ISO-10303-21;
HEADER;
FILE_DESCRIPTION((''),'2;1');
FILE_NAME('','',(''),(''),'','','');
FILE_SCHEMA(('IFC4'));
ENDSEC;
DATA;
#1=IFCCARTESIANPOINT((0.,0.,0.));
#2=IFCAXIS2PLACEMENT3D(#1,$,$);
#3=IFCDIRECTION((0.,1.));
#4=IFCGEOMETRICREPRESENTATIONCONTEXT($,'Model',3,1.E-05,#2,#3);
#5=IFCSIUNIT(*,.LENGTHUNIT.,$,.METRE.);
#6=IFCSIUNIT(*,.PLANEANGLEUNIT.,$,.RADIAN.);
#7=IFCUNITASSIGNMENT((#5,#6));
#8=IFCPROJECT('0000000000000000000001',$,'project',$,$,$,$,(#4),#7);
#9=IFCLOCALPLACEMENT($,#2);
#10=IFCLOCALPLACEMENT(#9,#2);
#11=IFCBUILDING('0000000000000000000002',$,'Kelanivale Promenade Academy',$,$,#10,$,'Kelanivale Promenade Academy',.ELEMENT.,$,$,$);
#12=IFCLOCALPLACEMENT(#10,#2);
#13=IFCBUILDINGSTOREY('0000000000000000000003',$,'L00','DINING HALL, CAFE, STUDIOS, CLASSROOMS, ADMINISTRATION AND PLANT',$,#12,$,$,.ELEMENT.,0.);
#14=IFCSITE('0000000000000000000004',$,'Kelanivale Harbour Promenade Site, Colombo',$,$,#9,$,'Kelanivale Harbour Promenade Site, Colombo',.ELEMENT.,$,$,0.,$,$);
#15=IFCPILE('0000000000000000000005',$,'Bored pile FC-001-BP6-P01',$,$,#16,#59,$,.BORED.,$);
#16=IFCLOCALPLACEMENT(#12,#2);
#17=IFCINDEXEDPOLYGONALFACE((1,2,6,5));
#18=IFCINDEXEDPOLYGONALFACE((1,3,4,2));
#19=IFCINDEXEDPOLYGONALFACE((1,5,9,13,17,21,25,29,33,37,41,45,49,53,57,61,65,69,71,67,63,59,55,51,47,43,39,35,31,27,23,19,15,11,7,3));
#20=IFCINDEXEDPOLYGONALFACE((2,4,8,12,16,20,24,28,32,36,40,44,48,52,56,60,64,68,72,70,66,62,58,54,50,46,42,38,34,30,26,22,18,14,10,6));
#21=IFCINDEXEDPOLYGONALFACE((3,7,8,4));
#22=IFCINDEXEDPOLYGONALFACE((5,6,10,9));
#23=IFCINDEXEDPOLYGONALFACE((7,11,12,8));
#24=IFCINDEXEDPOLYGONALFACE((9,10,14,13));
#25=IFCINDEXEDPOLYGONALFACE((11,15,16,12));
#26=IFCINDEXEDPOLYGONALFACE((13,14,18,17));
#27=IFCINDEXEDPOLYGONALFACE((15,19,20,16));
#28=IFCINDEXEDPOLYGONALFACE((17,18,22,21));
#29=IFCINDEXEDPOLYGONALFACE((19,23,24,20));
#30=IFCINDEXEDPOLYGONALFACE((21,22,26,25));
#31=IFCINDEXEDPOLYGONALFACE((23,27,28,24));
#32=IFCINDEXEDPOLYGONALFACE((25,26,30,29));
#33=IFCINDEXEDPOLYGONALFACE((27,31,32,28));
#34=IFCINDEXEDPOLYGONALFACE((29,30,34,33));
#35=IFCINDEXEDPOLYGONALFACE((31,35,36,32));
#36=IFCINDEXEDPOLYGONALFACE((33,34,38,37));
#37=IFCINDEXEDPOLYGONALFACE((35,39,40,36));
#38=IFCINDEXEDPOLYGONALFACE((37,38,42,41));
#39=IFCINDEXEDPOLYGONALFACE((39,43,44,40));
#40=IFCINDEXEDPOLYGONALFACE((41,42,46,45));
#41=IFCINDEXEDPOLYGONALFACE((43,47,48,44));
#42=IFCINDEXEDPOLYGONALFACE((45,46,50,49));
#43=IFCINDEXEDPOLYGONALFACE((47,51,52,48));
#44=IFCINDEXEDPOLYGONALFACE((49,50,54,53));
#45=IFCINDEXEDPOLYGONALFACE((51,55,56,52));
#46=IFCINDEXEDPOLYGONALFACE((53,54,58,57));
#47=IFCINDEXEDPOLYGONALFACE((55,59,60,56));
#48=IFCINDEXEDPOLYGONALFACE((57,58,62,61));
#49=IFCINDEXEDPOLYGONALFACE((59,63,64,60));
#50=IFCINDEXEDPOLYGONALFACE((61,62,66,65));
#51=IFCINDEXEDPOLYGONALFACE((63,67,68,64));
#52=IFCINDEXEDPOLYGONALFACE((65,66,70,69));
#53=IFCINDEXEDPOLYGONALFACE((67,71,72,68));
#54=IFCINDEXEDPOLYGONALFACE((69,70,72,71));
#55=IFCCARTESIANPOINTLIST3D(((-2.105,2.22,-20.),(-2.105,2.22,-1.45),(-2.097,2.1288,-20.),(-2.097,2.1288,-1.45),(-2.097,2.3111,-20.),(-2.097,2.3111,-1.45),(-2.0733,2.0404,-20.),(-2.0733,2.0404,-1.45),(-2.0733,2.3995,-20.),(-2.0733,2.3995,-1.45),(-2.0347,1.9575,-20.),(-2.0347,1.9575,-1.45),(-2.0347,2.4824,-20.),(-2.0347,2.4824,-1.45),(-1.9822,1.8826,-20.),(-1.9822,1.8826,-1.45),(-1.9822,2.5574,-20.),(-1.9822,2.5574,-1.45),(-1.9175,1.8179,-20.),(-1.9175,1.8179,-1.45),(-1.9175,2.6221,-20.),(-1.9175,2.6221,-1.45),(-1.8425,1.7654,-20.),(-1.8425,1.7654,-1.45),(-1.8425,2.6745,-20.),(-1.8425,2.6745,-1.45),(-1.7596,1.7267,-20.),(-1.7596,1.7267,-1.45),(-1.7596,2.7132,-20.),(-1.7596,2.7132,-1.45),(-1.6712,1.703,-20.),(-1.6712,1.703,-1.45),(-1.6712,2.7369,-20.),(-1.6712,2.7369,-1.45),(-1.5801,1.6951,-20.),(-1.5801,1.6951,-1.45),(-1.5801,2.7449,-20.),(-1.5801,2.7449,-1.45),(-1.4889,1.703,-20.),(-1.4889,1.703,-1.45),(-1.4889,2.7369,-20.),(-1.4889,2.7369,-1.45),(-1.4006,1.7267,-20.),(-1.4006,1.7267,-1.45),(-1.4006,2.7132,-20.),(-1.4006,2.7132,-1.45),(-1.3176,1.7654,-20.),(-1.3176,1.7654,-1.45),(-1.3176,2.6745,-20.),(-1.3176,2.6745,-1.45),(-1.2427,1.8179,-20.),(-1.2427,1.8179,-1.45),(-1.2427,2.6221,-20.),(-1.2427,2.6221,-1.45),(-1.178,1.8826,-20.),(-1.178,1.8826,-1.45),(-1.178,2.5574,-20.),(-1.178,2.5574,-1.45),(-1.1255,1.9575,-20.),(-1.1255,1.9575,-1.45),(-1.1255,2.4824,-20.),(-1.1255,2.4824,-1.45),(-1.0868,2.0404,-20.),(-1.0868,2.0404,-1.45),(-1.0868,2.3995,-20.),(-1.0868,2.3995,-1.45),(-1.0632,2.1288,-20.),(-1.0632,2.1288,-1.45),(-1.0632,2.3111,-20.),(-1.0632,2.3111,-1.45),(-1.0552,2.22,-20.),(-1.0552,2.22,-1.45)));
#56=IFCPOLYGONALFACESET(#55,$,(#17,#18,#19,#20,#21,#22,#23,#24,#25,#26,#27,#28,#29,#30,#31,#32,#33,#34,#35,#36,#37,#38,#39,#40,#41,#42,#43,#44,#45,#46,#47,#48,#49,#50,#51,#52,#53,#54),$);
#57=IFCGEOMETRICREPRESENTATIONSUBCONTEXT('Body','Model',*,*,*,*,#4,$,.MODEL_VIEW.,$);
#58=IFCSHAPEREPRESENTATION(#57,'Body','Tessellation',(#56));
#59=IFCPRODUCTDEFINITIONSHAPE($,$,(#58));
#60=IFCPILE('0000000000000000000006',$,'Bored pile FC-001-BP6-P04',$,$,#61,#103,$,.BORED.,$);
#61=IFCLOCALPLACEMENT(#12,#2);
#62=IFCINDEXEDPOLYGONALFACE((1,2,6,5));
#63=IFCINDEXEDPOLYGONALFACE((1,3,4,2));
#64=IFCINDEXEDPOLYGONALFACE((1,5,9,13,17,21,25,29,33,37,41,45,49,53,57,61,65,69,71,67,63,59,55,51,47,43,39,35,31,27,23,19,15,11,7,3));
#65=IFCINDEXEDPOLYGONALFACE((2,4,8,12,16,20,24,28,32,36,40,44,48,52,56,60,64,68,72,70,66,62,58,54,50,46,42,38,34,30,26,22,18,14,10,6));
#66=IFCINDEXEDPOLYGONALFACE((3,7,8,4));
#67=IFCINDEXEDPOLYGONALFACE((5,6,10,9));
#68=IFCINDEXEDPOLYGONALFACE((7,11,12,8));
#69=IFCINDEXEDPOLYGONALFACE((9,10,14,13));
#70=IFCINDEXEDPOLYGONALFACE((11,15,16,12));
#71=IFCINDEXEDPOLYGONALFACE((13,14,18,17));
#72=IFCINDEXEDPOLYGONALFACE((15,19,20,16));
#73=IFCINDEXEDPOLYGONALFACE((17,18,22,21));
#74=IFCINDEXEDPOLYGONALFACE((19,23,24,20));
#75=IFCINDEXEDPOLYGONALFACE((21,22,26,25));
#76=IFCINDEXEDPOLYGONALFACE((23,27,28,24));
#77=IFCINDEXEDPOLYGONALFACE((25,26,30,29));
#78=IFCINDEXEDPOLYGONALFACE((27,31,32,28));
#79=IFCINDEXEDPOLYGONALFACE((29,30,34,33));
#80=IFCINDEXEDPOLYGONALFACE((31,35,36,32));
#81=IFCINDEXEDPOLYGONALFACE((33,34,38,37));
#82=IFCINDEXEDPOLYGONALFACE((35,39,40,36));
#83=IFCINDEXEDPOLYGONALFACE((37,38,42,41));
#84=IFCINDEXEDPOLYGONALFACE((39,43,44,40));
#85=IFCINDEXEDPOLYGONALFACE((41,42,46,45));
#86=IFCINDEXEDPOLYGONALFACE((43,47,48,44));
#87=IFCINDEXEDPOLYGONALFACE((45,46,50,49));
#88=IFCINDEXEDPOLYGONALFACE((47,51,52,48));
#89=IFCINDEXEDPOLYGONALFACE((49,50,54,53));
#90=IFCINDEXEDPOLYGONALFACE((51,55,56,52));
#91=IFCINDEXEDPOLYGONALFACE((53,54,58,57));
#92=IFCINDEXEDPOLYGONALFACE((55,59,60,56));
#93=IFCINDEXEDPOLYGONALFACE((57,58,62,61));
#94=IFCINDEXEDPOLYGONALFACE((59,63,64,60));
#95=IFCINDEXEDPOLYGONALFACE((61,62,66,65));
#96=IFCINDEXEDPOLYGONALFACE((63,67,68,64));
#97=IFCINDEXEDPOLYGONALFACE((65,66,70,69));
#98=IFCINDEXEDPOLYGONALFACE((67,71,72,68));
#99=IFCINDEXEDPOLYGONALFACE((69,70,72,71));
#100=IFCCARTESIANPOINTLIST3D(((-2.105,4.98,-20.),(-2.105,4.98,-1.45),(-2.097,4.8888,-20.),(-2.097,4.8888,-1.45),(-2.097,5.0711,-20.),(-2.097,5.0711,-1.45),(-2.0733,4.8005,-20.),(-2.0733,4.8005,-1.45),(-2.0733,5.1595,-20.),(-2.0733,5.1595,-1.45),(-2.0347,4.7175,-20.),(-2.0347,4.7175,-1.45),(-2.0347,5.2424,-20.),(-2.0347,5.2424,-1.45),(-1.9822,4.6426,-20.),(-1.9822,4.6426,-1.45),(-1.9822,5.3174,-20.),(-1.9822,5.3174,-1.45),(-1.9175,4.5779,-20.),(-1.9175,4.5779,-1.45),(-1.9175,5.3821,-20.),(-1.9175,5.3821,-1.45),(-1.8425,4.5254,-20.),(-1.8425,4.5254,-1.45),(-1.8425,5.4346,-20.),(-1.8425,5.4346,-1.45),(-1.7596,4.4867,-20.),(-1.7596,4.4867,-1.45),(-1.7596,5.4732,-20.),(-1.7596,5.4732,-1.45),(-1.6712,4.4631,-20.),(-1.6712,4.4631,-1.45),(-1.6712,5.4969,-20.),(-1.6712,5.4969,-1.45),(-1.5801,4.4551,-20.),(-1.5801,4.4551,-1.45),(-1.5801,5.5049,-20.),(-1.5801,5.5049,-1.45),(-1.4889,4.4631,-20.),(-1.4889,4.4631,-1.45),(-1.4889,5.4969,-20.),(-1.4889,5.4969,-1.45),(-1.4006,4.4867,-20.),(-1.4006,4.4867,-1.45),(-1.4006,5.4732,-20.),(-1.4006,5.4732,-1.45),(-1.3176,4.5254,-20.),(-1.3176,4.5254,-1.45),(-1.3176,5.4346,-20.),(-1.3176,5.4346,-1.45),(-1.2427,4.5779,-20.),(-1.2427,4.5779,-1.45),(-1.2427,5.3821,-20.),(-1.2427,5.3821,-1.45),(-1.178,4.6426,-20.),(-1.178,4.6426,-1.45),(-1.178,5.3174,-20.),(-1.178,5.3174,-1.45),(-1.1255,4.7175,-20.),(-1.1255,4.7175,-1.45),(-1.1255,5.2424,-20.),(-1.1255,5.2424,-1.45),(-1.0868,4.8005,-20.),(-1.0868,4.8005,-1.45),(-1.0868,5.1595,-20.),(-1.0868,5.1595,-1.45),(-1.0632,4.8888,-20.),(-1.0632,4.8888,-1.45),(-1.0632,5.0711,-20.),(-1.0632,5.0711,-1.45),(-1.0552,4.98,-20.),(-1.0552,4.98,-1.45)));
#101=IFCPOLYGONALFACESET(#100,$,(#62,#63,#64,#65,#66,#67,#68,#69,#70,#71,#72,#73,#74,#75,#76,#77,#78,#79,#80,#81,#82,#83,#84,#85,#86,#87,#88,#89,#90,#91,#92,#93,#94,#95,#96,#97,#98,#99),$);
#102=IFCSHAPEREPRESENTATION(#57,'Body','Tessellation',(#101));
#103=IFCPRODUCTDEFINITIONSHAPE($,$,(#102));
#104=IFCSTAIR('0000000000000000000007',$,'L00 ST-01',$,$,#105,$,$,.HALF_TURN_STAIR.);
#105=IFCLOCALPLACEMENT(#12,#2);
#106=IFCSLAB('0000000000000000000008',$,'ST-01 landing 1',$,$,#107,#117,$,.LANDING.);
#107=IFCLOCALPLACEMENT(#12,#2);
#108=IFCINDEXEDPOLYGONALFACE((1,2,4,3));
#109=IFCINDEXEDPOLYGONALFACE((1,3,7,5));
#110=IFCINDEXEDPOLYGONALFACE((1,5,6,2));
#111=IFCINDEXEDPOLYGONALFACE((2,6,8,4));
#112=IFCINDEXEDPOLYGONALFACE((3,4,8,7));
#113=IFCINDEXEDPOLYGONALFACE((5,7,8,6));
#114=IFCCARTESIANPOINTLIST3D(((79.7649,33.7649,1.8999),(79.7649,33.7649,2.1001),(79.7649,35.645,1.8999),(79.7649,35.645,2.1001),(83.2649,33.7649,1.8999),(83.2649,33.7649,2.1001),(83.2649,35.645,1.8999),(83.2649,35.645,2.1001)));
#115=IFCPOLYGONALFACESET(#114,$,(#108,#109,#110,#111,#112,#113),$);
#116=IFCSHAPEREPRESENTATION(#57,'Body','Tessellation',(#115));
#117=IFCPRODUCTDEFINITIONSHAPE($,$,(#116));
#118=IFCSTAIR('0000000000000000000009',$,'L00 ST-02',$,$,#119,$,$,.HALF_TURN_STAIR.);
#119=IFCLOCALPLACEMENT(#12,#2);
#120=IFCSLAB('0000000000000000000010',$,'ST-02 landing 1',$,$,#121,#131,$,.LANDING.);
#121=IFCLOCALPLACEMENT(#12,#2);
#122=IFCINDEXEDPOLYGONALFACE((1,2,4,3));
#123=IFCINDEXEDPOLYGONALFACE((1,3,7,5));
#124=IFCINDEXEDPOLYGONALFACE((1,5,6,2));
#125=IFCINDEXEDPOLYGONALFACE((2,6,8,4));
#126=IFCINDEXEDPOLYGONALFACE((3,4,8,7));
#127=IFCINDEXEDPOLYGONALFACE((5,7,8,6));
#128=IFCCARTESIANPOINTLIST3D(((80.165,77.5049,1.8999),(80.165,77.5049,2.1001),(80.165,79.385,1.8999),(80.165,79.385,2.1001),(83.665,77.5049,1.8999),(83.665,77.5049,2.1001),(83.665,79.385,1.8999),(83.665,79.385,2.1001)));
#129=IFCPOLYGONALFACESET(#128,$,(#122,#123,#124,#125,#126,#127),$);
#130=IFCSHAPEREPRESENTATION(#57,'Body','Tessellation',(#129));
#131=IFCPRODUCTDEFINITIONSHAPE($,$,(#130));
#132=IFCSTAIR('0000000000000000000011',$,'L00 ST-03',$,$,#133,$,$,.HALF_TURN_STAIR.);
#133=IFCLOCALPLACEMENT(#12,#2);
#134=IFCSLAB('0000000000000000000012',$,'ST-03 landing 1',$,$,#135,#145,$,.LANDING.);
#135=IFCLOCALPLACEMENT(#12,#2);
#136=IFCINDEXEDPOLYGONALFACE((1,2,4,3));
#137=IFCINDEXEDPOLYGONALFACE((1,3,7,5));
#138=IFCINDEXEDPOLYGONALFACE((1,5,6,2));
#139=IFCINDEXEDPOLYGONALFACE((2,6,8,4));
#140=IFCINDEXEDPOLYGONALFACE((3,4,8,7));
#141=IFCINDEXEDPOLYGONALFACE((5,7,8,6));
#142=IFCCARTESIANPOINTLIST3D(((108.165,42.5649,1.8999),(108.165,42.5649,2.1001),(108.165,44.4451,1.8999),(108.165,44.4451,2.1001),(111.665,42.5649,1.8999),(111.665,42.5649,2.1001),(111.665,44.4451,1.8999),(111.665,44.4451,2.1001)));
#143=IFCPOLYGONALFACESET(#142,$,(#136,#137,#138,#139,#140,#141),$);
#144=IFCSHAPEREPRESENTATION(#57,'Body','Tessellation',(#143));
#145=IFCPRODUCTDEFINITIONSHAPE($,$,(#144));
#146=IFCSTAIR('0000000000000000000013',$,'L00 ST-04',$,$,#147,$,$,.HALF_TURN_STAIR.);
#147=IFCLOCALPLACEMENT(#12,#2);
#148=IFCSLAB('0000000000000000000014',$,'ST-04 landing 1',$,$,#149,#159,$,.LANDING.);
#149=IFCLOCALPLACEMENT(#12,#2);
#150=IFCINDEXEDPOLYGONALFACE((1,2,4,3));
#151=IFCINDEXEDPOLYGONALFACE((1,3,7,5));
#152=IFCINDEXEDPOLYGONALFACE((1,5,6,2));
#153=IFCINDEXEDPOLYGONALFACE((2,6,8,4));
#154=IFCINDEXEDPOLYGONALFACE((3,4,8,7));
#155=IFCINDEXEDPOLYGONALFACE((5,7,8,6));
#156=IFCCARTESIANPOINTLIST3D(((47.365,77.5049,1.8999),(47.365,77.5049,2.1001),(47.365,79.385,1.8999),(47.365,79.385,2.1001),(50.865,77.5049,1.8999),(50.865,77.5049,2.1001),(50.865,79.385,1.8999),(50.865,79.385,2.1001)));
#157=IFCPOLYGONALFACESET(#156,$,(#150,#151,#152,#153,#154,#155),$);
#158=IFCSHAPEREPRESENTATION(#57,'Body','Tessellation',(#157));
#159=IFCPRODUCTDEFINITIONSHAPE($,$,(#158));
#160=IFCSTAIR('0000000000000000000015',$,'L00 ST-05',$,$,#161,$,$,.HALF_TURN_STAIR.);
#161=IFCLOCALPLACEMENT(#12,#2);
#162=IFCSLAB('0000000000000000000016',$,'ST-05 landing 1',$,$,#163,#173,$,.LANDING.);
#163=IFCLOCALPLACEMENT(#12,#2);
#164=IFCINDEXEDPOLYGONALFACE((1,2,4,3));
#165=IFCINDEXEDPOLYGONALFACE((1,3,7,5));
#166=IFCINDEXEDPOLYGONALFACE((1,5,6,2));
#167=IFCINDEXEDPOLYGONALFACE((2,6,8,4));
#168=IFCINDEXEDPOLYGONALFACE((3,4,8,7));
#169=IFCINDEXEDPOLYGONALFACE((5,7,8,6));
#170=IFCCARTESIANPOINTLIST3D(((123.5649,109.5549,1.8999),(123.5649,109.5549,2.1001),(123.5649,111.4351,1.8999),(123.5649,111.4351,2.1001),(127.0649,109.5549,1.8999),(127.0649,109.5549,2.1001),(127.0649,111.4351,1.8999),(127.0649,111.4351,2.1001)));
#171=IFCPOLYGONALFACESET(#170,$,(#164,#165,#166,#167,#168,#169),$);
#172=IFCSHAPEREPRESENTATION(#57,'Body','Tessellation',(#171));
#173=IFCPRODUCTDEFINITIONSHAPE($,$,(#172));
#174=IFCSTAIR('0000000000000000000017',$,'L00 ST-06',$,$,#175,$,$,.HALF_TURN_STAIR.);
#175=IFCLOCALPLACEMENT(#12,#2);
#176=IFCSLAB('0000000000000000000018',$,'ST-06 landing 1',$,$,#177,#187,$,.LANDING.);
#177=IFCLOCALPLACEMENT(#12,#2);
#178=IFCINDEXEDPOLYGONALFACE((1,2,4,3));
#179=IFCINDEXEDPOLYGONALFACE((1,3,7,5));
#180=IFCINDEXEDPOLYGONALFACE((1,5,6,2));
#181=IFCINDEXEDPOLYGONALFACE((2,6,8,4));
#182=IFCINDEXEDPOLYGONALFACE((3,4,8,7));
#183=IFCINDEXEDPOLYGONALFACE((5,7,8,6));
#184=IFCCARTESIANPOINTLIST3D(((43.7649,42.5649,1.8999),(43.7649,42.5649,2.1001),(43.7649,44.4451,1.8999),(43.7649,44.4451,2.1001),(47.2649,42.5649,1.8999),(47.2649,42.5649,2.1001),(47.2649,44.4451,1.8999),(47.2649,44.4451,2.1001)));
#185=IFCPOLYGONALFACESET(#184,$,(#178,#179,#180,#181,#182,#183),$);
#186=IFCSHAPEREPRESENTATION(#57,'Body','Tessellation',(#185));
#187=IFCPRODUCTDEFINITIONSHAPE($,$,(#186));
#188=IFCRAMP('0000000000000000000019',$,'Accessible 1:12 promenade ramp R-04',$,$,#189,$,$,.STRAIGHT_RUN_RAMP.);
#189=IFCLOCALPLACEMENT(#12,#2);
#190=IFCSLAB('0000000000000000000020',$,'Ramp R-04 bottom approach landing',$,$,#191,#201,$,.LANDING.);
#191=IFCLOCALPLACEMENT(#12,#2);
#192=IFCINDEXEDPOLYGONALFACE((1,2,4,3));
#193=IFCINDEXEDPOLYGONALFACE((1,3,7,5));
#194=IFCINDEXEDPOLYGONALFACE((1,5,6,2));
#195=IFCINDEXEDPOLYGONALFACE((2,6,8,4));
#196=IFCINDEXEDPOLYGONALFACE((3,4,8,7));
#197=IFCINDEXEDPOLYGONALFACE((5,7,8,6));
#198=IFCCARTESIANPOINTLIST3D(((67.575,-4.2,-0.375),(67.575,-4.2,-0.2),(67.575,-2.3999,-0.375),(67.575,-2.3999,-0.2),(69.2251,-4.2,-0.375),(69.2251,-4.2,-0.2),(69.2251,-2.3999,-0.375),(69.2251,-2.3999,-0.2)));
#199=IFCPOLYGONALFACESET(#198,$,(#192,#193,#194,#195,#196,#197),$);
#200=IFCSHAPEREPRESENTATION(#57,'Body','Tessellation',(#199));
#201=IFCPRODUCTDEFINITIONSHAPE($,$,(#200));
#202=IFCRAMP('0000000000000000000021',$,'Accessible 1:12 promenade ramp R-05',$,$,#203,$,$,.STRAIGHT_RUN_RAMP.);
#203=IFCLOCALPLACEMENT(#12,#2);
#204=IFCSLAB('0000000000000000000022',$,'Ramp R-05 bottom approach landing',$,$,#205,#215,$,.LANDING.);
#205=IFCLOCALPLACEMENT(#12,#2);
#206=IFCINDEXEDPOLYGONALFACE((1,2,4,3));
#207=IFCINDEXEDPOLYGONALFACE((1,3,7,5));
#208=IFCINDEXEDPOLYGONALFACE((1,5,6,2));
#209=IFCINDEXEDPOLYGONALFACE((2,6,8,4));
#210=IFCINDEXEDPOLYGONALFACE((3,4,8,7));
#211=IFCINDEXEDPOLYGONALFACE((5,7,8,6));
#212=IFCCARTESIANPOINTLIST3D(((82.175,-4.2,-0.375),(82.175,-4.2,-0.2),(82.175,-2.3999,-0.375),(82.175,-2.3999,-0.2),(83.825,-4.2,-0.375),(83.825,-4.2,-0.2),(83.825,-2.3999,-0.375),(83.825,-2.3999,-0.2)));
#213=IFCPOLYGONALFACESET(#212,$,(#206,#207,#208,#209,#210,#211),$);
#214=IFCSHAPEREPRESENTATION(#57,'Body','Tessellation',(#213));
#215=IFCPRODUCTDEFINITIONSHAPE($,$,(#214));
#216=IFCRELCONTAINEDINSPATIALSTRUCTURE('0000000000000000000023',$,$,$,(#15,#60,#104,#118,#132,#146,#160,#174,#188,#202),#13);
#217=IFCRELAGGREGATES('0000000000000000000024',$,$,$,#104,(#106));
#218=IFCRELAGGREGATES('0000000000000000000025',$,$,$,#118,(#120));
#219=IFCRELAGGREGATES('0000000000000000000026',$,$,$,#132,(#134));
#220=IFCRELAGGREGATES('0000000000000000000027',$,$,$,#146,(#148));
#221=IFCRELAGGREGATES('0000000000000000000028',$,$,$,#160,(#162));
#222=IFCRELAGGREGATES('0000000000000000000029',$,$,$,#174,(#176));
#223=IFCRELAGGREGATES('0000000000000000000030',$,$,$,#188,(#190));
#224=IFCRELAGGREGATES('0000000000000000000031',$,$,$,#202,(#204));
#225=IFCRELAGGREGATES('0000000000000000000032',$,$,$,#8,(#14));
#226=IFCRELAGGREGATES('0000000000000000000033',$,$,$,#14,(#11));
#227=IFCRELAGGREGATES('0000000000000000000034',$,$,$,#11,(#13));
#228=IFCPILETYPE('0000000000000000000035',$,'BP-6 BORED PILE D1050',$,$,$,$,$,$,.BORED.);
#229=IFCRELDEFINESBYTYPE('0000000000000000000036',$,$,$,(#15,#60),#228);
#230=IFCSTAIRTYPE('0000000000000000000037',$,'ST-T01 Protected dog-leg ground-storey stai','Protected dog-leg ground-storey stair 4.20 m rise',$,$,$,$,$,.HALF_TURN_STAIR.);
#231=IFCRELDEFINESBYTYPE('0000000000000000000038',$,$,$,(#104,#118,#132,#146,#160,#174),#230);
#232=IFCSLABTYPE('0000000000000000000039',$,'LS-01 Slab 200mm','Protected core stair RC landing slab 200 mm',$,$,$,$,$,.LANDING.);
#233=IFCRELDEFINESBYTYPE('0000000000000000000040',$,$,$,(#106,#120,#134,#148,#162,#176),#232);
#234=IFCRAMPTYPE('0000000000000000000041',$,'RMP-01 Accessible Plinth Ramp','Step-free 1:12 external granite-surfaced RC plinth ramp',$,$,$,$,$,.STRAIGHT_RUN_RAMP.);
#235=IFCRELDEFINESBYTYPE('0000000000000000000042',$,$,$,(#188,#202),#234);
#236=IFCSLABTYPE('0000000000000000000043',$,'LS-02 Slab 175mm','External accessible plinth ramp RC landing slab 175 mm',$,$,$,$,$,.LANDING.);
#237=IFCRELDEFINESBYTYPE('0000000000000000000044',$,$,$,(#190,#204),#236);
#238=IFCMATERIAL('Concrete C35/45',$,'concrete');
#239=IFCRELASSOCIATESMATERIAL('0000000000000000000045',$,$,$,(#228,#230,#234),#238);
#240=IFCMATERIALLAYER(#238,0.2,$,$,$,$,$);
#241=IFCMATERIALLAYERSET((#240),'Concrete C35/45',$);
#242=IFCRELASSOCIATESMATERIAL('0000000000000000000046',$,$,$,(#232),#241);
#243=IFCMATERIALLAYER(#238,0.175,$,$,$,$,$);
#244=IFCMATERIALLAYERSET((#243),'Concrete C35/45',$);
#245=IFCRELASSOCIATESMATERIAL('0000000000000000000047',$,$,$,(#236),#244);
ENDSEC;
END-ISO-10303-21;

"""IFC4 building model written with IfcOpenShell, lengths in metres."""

from ifc_helpers import new_model, si_unit, direction, frame, origin, origin_2d, place, context, subcontext, project, spatial, polyline, circle, outline, extrude, material, layer, layer_set, material_profile, profile_set, type_object, element, aggregate, save


model = new_model("IFC4")

# Units and contexts
model_context = context("Model", 3, precision=1e-05, world=origin(), true_north=direction((0.0, 1.0)))
body_context = subcontext(model_context, "Body", "Model", "MODEL_VIEW")
ifc_project = project(units=[si_unit("LENGTHUNIT", "METRE"), si_unit("PLANEANGLEUNIT", "RADIAN")], contexts=[model_context])

# Site, building, storey
site_placement = place(None, origin())
site = spatial("IfcSite", under=ifc_project, at=site_placement, Name="Kelanivale Harbour Promenade Site, Colombo", LongName="Kelanivale Harbour Promenade Site, Colombo", CompositionType="ELEMENT", RefElevation=0.0)
building_placement = place(site_placement, origin())
building = spatial("IfcBuilding", under=site, at=building_placement, Name="Kelanivale Promenade Academy", LongName="Kelanivale Promenade Academy", CompositionType="ELEMENT")
storey_placement = place(building_placement, origin())
storey = spatial("IfcBuildingStorey", under=building, at=storey_placement, Name="L00", Description="DINING HALL, CAFE, STUDIOS, CLASSROOMS, ADMINISTRATION AND PLANT", CompositionType="ELEMENT", Elevation=0.0)

# Piles
ifc_material_1 = material(Name="Concrete C35/45", Category="concrete")
ifc_material_profile = material_profile(ifc_material_1, circle(Radius=0.5249, at=origin_2d()), Name="BORED PILE D1050")
ifc_profile_set = profile_set([ifc_material_profile], Name="Concrete C35/45")
pile_type = type_object("IfcPileType", Name="BP-6 BORED PILE D1050", PredefinedType="BORED", material=ifc_profile_set)
for number, where, z_axis, x_axis, name in (
    (1, (-1.5801, 2.22, -1.45), (0.0, 0.0, -1.0), (1.0, 0.0, 0.0), "Bored pile FC-001-BP6-P01"),
    (2, (-1.5801, 4.98, -1.45), (0.0, 0.0, -1.0), (1.0, 0.0, 0.0), "Bored pile FC-001-BP6-P04"),
):
    element("IfcPile", number, at=place(storey_placement, frame(where, z_axis=z_axis, x_axis=x_axis)), inside=storey, type_object=pile_type, Name=name, PredefinedType="BORED", context=body_context, shape_type="SweptSolid", body=[
        extrude(circle(Radius=0.5249, at=origin_2d()), origin(), (0.0, 0.0, 1.0), 18.55),
    ])

# Stairs, slabs
stair_type = type_object("IfcStairType", Name="ST-T01 Protected dog-leg ground-storey stai", Description="Protected dog-leg ground-storey stair 4.20 m rise", PredefinedType="HALF_TURN_STAIR", material=ifc_material_1)
stair_1_placement = place(storey_placement, origin())
stair_1 = element("IfcStair", 3, at=stair_1_placement, inside=storey, type_object=stair_type, Name="L00 ST-01", PredefinedType="HALF_TURN_STAIR")
ifc_layer_1 = layer(ifc_material_1, 0.2)
ifc_layer_set_1 = layer_set([ifc_layer_1], Name="Concrete C35/45")
slab_type_1 = type_object("IfcSlabType", Name="LS-01 Slab 200mm", Description="Protected core stair RC landing slab 200 mm", PredefinedType="LANDING", material=ifc_layer_set_1)
slab_1_placement = place(storey_placement, frame((0.0, 0.0, 1.8999)))
slab_1 = element("IfcSlab", 4, at=slab_1_placement, type_object=slab_type_1, Name="ST-01 landing 1", PredefinedType="LANDING", context=body_context, shape_type="SweptSolid", body=[
    extrude(outline(polyline([(79.7649, 35.645), (79.7649, 33.7649), (83.2649, 33.7649), (83.2649, 35.645), (79.7649, 35.645)])), origin(), (0.0, 0.0, 1.0), 0.2002),
])
aggregate(stair_1, [slab_1])
stair_2_placement = place(storey_placement, origin())
stair_2 = element("IfcStair", 5, at=stair_2_placement, inside=storey, type_object=stair_type, Name="L00 ST-02", PredefinedType="HALF_TURN_STAIR")
slab_2_placement = place(storey_placement, frame((0.0, 0.0, 1.8999)))
slab_2 = element("IfcSlab", 6, at=slab_2_placement, type_object=slab_type_1, Name="ST-02 landing 1", PredefinedType="LANDING", context=body_context, shape_type="SweptSolid", body=[
    extrude(outline(polyline([(83.665, 77.5049), (83.665, 79.385), (80.165, 79.385), (80.165, 77.5049), (83.665, 77.5049)])), origin(), (0.0, 0.0, 1.0), 0.2002),
])
aggregate(stair_2, [slab_2])
stair_3_placement = place(storey_placement, origin())
stair_3 = element("IfcStair", 7, at=stair_3_placement, inside=storey, type_object=stair_type, Name="L00 ST-03", PredefinedType="HALF_TURN_STAIR")
slab_3_placement = place(storey_placement, frame((0.0, 0.0, 1.8999)))
slab_3 = element("IfcSlab", 8, at=slab_3_placement, type_object=slab_type_1, Name="ST-03 landing 1", PredefinedType="LANDING", context=body_context, shape_type="SweptSolid", body=[
    extrude(outline(polyline([(108.165, 44.4451), (108.165, 42.5649), (111.665, 42.5649), (111.665, 44.4451), (108.165, 44.4451)])), origin(), (0.0, 0.0, 1.0), 0.2002),
])
aggregate(stair_3, [slab_3])
stair_4_placement = place(storey_placement, origin())
stair_4 = element("IfcStair", 9, at=stair_4_placement, inside=storey, type_object=stair_type, Name="L00 ST-04", PredefinedType="HALF_TURN_STAIR")
slab_4_placement = place(storey_placement, frame((0.0, 0.0, 1.8999)))
slab_4 = element("IfcSlab", 10, at=slab_4_placement, type_object=slab_type_1, Name="ST-04 landing 1", PredefinedType="LANDING", context=body_context, shape_type="SweptSolid", body=[
    extrude(outline(polyline([(50.865, 77.5049), (50.865, 79.385), (47.365, 79.385), (47.365, 77.5049), (50.865, 77.5049)])), origin(), (0.0, 0.0, 1.0), 0.2002),
])
aggregate(stair_4, [slab_4])
stair_5_placement = place(storey_placement, origin())
stair_5 = element("IfcStair", 11, at=stair_5_placement, inside=storey, type_object=stair_type, Name="L00 ST-05", PredefinedType="HALF_TURN_STAIR")
slab_5_placement = place(storey_placement, frame((0.0, 0.0, 1.8999)))
slab_5 = element("IfcSlab", 12, at=slab_5_placement, type_object=slab_type_1, Name="ST-05 landing 1", PredefinedType="LANDING", context=body_context, shape_type="SweptSolid", body=[
    extrude(outline(polyline([(127.0649, 109.5549), (127.0649, 111.4351), (123.5649, 111.4351), (123.5649, 109.5549), (127.0649, 109.5549)])), origin(), (0.0, 0.0, 1.0), 0.2002),
])
aggregate(stair_5, [slab_5])
stair_6_placement = place(storey_placement, origin())
stair_6 = element("IfcStair", 13, at=stair_6_placement, inside=storey, type_object=stair_type, Name="L00 ST-06", PredefinedType="HALF_TURN_STAIR")
slab_6_placement = place(storey_placement, frame((0.0, 0.0, 1.8999)))
slab_6 = element("IfcSlab", 14, at=slab_6_placement, type_object=slab_type_1, Name="ST-06 landing 1", PredefinedType="LANDING", context=body_context, shape_type="SweptSolid", body=[
    extrude(outline(polyline([(43.7649, 44.4451), (43.7649, 42.5649), (47.2649, 42.5649), (47.2649, 44.4451), (43.7649, 44.4451)])), origin(), (0.0, 0.0, 1.0), 0.2002),
])
aggregate(stair_6, [slab_6])

# Ramps, slabs
ramp_type = type_object("IfcRampType", Name="RMP-01 Accessible Plinth Ramp", Description="Step-free 1:12 external granite-surfaced RC plinth ramp", PredefinedType="STRAIGHT_RUN_RAMP", material=ifc_material_1)
ramp_1_placement = place(storey_placement, origin())
ramp_1 = element("IfcRamp", 15, at=ramp_1_placement, inside=storey, type_object=ramp_type, Name="Accessible 1:12 promenade ramp R-04", PredefinedType="STRAIGHT_RUN_RAMP")
ifc_layer_2 = layer(ifc_material_1, 0.175)
ifc_layer_set_2 = layer_set([ifc_layer_2], Name="Concrete C35/45")
slab_type_2 = type_object("IfcSlabType", Name="LS-02 Slab 175mm", Description="External accessible plinth ramp RC landing slab 175 mm", PredefinedType="LANDING", material=ifc_layer_set_2)
slab_7_placement = place(storey_placement, frame((0.0, 0.0, -0.375)))
slab_7 = element("IfcSlab", 16, at=slab_7_placement, type_object=slab_type_2, Name="Ramp R-04 bottom approach landing", PredefinedType="LANDING", context=body_context, shape_type="SweptSolid", body=[
    extrude(outline(polyline([(67.575, -4.2), (69.2251, -4.2), (69.2251, -2.3999), (67.575, -2.3999), (67.575, -4.2)])), origin(), (0.0, 0.0, 1.0), 0.175),
])
aggregate(ramp_1, [slab_7])
ramp_2_placement = place(storey_placement, origin())
ramp_2 = element("IfcRamp", 17, at=ramp_2_placement, inside=storey, type_object=ramp_type, Name="Accessible 1:12 promenade ramp R-05", PredefinedType="STRAIGHT_RUN_RAMP")
slab_8_placement = place(storey_placement, frame((0.0, 0.0, -0.375)))
slab_8 = element("IfcSlab", 18, at=slab_8_placement, type_object=slab_type_2, Name="Ramp R-05 bottom approach landing", PredefinedType="LANDING", context=body_context, shape_type="SweptSolid", body=[
    extrude(outline(polyline([(82.175, -4.2), (83.825, -4.2), (83.825, -2.3999), (82.175, -2.3999), (82.175, -4.2)])), origin(), (0.0, 0.0, 1.0), 0.175),
])
aggregate(ramp_2, [slab_8])

save(model, "model.ifc")
